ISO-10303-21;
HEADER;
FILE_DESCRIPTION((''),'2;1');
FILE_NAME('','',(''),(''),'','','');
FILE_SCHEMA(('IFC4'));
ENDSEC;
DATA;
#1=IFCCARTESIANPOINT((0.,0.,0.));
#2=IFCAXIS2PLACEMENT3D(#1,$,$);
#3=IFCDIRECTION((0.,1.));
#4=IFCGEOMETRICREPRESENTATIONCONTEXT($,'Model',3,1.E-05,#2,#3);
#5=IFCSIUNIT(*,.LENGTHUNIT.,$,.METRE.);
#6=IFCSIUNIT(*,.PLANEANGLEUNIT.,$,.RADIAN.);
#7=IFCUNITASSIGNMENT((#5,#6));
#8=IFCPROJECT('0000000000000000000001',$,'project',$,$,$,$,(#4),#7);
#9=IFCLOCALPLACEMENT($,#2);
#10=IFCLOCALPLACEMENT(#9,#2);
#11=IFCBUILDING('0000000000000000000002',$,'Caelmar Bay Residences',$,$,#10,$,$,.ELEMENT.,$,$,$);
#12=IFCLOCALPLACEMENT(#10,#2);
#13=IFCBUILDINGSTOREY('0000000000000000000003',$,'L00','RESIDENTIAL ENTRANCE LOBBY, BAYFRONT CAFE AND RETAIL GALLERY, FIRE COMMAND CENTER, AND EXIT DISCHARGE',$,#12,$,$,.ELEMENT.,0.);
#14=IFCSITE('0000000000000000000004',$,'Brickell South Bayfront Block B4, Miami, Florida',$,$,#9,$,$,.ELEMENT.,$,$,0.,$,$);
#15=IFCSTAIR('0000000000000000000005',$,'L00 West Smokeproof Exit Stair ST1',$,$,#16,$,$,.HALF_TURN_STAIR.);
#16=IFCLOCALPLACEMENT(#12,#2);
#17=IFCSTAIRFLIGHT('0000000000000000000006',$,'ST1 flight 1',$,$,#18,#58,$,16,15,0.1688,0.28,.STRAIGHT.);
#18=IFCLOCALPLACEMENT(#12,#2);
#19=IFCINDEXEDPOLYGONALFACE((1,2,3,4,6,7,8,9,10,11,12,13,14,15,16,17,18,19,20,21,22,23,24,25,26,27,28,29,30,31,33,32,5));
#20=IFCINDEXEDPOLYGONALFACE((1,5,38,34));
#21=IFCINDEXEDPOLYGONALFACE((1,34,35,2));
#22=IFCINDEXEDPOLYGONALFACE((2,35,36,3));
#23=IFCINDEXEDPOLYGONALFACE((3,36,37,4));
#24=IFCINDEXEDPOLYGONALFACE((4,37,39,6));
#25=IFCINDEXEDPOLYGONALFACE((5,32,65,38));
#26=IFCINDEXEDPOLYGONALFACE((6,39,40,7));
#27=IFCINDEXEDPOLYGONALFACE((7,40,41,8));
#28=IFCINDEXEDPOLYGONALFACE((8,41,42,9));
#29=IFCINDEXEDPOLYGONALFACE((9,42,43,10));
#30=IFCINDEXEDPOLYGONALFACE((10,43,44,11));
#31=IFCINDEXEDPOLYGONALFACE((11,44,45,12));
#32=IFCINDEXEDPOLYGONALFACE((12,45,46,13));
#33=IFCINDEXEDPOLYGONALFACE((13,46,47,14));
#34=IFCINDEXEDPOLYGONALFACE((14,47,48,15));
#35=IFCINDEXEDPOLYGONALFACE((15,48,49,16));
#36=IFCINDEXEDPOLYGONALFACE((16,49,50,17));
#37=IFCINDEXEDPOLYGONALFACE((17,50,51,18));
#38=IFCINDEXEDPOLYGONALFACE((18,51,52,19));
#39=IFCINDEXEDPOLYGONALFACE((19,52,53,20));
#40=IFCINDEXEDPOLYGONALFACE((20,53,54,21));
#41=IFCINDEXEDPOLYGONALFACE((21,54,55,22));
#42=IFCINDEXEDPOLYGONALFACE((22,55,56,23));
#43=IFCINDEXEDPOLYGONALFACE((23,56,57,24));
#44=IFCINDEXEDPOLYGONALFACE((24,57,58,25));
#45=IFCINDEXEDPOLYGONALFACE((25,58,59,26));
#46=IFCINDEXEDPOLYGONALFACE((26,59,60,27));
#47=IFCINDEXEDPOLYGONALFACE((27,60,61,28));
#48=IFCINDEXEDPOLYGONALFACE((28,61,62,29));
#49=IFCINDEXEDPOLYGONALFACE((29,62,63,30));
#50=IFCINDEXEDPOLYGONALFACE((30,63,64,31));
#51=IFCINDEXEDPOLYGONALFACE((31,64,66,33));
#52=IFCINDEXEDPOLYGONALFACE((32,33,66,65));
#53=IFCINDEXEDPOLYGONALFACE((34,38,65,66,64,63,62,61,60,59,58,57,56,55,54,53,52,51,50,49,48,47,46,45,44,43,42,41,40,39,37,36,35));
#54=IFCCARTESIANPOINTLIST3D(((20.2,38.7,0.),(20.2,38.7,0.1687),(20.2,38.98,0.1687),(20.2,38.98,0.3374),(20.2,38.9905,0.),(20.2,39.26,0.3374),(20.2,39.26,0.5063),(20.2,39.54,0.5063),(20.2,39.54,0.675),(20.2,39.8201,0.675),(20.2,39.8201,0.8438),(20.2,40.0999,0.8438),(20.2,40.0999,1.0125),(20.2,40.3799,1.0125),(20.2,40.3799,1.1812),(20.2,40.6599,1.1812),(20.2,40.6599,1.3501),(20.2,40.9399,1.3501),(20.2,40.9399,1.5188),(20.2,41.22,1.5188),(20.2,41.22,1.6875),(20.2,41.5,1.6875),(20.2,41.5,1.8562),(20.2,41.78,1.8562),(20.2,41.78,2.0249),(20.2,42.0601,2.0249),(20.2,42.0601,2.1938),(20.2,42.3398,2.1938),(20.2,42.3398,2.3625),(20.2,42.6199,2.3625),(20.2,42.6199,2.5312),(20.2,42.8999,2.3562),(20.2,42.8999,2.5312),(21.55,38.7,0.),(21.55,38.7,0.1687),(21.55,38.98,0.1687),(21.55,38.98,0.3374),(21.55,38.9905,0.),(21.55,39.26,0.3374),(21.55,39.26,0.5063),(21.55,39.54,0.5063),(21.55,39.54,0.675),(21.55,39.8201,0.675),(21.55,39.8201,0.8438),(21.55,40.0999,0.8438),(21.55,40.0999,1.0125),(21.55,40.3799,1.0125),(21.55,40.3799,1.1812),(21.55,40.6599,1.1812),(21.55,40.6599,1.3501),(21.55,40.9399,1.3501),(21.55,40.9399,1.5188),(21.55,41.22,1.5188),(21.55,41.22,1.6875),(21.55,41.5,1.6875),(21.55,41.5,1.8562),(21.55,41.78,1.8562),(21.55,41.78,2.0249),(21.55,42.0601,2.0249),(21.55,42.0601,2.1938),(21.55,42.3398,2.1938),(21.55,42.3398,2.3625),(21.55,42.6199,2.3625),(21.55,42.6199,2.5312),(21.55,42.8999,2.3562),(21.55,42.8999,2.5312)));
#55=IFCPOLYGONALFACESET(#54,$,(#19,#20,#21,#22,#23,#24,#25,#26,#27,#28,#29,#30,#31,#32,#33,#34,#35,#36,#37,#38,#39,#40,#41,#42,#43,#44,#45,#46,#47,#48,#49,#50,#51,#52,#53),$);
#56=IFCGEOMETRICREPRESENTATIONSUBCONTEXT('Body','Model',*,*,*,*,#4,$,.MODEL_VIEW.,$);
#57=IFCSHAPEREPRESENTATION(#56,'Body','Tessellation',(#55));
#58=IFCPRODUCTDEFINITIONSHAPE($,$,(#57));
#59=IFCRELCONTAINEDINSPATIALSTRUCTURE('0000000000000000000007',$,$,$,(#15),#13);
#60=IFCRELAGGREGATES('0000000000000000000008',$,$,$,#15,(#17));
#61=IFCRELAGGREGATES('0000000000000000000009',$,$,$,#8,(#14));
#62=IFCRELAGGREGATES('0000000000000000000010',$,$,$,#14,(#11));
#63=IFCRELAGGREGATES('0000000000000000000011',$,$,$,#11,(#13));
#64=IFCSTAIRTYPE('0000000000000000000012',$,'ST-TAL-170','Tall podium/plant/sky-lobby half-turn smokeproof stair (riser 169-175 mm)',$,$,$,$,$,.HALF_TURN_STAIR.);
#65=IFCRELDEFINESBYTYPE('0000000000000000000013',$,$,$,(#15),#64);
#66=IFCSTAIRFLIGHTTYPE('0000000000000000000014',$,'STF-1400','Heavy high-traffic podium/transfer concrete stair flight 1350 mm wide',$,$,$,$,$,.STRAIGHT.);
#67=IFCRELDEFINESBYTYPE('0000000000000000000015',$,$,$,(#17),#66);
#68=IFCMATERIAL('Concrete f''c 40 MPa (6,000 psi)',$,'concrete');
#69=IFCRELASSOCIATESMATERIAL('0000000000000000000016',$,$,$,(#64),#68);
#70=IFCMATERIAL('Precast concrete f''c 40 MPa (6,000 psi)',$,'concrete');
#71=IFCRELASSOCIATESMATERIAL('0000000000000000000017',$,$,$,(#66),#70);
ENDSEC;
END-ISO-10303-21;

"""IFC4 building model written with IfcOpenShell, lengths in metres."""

from ifc_helpers import new_model, si_unit, direction, frame, origin, place, context, subcontext, project, spatial, polyline, outline, extrude, material, type_object, element, aggregate, save


model = new_model("IFC4")

# Units and contexts
model_context = context("Model", 3, precision=1e-05, world=origin(), true_north=direction((0.0, 1.0)))
body_context = subcontext(model_context, "Body", "Model", "MODEL_VIEW")
ifc_project = project(units=[si_unit("LENGTHUNIT", "METRE"), si_unit("PLANEANGLEUNIT", "RADIAN")], contexts=[model_context])

# Site, building, storey
site_placement = place(None, origin())
site = spatial("IfcSite", under=ifc_project, at=site_placement, Name="Brickell South Bayfront Block B4, Miami, Florida", CompositionType="ELEMENT", RefElevation=0.0)
building_placement = place(site_placement, origin())
building = spatial("IfcBuilding", under=site, at=building_placement, Name="Caelmar Bay Residences", CompositionType="ELEMENT")
storey_placement = place(building_placement, origin())
storey = spatial("IfcBuildingStorey", under=building, at=storey_placement, Name="L00", Description="RESIDENTIAL ENTRANCE LOBBY, BAYFRONT CAFE AND RETAIL GALLERY, FIRE COMMAND CENTER, AND EXIT DISCHARGE", CompositionType="ELEMENT", Elevation=0.0)

# Stair, stair flight
ifc_material_1 = material(Name="Concrete f'c 40 MPa (6,000 psi)", Category="concrete")
stair_type = type_object("IfcStairType", Name="ST-TAL-170", Description="Tall podium/plant/sky-lobby half-turn smokeproof stair (riser 169-175 mm)", PredefinedType="HALF_TURN_STAIR", material=ifc_material_1)
stair_placement = place(storey_placement, origin())
stair = element("IfcStair", 1, at=stair_placement, inside=storey, type_object=stair_type, Name="L00 West Smokeproof Exit Stair ST1", PredefinedType="HALF_TURN_STAIR")
ifc_material_2 = material(Name="Precast concrete f'c 40 MPa (6,000 psi)", Category="concrete")
stair_flight_type = type_object("IfcStairFlightType", Name="STF-1400", Description="Heavy high-traffic podium/transfer concrete stair flight 1350 mm wide", PredefinedType="STRAIGHT", material=ifc_material_2)
stair_flight_placement = place(storey_placement, frame((20.875, 38.7, 0.0), z_axis=(0.0, 0.0, 1.0), x_axis=(0.0, 1.0, 0.0)))
stair_flight = element("IfcStairFlight", 2, at=stair_flight_placement, type_object=stair_flight_type, Name="ST1 flight 1", NumberOfRisers=16, NumberOfTreads=15, PredefinedType="STRAIGHT", RiserHeight=0.1688, TreadLength=0.28, context=body_context, shape_type="SweptSolid", body=[
    extrude(outline(polyline([(0.0, 0.0), (0.0, 0.1687), (0.28, 0.1687), (0.28, 0.3374), (0.5601, 0.3374), (0.5601, 0.5063), (0.8401, 0.5063), (0.8401, 0.675), (1.1201, 0.675), (1.1201, 0.8438), (1.3999, 0.8438), (1.3999, 1.0125), (1.6799, 1.0125), (1.6799, 1.1812), (1.96, 1.1812), (1.96, 1.3501), (2.24, 1.3501), (2.24, 1.5188), (2.52, 1.5188), (2.52, 1.6875), (2.8, 1.6875), (2.8, 1.8562), (3.0801, 1.8562), (3.0801, 2.0249), (3.3601, 2.0249), (3.3601, 2.1938), (3.6399, 2.1938), (3.6399, 2.3625), (3.9199, 2.3625), (3.9199, 2.5312), (4.2, 2.5312), (4.2, 2.7), (4.2, 2.3562), (0.2905, 0.0), (0.0, 0.0)])), frame((0.0, 0.675, 0.0), z_axis=(0.0, -1.0, 0.0), x_axis=(1.0, 0.0, 0.0)), (0.0, 0.0, 1.0), 1.3501),
])
aggregate(stair, [stair_flight])

save(model, "model.ifc")
